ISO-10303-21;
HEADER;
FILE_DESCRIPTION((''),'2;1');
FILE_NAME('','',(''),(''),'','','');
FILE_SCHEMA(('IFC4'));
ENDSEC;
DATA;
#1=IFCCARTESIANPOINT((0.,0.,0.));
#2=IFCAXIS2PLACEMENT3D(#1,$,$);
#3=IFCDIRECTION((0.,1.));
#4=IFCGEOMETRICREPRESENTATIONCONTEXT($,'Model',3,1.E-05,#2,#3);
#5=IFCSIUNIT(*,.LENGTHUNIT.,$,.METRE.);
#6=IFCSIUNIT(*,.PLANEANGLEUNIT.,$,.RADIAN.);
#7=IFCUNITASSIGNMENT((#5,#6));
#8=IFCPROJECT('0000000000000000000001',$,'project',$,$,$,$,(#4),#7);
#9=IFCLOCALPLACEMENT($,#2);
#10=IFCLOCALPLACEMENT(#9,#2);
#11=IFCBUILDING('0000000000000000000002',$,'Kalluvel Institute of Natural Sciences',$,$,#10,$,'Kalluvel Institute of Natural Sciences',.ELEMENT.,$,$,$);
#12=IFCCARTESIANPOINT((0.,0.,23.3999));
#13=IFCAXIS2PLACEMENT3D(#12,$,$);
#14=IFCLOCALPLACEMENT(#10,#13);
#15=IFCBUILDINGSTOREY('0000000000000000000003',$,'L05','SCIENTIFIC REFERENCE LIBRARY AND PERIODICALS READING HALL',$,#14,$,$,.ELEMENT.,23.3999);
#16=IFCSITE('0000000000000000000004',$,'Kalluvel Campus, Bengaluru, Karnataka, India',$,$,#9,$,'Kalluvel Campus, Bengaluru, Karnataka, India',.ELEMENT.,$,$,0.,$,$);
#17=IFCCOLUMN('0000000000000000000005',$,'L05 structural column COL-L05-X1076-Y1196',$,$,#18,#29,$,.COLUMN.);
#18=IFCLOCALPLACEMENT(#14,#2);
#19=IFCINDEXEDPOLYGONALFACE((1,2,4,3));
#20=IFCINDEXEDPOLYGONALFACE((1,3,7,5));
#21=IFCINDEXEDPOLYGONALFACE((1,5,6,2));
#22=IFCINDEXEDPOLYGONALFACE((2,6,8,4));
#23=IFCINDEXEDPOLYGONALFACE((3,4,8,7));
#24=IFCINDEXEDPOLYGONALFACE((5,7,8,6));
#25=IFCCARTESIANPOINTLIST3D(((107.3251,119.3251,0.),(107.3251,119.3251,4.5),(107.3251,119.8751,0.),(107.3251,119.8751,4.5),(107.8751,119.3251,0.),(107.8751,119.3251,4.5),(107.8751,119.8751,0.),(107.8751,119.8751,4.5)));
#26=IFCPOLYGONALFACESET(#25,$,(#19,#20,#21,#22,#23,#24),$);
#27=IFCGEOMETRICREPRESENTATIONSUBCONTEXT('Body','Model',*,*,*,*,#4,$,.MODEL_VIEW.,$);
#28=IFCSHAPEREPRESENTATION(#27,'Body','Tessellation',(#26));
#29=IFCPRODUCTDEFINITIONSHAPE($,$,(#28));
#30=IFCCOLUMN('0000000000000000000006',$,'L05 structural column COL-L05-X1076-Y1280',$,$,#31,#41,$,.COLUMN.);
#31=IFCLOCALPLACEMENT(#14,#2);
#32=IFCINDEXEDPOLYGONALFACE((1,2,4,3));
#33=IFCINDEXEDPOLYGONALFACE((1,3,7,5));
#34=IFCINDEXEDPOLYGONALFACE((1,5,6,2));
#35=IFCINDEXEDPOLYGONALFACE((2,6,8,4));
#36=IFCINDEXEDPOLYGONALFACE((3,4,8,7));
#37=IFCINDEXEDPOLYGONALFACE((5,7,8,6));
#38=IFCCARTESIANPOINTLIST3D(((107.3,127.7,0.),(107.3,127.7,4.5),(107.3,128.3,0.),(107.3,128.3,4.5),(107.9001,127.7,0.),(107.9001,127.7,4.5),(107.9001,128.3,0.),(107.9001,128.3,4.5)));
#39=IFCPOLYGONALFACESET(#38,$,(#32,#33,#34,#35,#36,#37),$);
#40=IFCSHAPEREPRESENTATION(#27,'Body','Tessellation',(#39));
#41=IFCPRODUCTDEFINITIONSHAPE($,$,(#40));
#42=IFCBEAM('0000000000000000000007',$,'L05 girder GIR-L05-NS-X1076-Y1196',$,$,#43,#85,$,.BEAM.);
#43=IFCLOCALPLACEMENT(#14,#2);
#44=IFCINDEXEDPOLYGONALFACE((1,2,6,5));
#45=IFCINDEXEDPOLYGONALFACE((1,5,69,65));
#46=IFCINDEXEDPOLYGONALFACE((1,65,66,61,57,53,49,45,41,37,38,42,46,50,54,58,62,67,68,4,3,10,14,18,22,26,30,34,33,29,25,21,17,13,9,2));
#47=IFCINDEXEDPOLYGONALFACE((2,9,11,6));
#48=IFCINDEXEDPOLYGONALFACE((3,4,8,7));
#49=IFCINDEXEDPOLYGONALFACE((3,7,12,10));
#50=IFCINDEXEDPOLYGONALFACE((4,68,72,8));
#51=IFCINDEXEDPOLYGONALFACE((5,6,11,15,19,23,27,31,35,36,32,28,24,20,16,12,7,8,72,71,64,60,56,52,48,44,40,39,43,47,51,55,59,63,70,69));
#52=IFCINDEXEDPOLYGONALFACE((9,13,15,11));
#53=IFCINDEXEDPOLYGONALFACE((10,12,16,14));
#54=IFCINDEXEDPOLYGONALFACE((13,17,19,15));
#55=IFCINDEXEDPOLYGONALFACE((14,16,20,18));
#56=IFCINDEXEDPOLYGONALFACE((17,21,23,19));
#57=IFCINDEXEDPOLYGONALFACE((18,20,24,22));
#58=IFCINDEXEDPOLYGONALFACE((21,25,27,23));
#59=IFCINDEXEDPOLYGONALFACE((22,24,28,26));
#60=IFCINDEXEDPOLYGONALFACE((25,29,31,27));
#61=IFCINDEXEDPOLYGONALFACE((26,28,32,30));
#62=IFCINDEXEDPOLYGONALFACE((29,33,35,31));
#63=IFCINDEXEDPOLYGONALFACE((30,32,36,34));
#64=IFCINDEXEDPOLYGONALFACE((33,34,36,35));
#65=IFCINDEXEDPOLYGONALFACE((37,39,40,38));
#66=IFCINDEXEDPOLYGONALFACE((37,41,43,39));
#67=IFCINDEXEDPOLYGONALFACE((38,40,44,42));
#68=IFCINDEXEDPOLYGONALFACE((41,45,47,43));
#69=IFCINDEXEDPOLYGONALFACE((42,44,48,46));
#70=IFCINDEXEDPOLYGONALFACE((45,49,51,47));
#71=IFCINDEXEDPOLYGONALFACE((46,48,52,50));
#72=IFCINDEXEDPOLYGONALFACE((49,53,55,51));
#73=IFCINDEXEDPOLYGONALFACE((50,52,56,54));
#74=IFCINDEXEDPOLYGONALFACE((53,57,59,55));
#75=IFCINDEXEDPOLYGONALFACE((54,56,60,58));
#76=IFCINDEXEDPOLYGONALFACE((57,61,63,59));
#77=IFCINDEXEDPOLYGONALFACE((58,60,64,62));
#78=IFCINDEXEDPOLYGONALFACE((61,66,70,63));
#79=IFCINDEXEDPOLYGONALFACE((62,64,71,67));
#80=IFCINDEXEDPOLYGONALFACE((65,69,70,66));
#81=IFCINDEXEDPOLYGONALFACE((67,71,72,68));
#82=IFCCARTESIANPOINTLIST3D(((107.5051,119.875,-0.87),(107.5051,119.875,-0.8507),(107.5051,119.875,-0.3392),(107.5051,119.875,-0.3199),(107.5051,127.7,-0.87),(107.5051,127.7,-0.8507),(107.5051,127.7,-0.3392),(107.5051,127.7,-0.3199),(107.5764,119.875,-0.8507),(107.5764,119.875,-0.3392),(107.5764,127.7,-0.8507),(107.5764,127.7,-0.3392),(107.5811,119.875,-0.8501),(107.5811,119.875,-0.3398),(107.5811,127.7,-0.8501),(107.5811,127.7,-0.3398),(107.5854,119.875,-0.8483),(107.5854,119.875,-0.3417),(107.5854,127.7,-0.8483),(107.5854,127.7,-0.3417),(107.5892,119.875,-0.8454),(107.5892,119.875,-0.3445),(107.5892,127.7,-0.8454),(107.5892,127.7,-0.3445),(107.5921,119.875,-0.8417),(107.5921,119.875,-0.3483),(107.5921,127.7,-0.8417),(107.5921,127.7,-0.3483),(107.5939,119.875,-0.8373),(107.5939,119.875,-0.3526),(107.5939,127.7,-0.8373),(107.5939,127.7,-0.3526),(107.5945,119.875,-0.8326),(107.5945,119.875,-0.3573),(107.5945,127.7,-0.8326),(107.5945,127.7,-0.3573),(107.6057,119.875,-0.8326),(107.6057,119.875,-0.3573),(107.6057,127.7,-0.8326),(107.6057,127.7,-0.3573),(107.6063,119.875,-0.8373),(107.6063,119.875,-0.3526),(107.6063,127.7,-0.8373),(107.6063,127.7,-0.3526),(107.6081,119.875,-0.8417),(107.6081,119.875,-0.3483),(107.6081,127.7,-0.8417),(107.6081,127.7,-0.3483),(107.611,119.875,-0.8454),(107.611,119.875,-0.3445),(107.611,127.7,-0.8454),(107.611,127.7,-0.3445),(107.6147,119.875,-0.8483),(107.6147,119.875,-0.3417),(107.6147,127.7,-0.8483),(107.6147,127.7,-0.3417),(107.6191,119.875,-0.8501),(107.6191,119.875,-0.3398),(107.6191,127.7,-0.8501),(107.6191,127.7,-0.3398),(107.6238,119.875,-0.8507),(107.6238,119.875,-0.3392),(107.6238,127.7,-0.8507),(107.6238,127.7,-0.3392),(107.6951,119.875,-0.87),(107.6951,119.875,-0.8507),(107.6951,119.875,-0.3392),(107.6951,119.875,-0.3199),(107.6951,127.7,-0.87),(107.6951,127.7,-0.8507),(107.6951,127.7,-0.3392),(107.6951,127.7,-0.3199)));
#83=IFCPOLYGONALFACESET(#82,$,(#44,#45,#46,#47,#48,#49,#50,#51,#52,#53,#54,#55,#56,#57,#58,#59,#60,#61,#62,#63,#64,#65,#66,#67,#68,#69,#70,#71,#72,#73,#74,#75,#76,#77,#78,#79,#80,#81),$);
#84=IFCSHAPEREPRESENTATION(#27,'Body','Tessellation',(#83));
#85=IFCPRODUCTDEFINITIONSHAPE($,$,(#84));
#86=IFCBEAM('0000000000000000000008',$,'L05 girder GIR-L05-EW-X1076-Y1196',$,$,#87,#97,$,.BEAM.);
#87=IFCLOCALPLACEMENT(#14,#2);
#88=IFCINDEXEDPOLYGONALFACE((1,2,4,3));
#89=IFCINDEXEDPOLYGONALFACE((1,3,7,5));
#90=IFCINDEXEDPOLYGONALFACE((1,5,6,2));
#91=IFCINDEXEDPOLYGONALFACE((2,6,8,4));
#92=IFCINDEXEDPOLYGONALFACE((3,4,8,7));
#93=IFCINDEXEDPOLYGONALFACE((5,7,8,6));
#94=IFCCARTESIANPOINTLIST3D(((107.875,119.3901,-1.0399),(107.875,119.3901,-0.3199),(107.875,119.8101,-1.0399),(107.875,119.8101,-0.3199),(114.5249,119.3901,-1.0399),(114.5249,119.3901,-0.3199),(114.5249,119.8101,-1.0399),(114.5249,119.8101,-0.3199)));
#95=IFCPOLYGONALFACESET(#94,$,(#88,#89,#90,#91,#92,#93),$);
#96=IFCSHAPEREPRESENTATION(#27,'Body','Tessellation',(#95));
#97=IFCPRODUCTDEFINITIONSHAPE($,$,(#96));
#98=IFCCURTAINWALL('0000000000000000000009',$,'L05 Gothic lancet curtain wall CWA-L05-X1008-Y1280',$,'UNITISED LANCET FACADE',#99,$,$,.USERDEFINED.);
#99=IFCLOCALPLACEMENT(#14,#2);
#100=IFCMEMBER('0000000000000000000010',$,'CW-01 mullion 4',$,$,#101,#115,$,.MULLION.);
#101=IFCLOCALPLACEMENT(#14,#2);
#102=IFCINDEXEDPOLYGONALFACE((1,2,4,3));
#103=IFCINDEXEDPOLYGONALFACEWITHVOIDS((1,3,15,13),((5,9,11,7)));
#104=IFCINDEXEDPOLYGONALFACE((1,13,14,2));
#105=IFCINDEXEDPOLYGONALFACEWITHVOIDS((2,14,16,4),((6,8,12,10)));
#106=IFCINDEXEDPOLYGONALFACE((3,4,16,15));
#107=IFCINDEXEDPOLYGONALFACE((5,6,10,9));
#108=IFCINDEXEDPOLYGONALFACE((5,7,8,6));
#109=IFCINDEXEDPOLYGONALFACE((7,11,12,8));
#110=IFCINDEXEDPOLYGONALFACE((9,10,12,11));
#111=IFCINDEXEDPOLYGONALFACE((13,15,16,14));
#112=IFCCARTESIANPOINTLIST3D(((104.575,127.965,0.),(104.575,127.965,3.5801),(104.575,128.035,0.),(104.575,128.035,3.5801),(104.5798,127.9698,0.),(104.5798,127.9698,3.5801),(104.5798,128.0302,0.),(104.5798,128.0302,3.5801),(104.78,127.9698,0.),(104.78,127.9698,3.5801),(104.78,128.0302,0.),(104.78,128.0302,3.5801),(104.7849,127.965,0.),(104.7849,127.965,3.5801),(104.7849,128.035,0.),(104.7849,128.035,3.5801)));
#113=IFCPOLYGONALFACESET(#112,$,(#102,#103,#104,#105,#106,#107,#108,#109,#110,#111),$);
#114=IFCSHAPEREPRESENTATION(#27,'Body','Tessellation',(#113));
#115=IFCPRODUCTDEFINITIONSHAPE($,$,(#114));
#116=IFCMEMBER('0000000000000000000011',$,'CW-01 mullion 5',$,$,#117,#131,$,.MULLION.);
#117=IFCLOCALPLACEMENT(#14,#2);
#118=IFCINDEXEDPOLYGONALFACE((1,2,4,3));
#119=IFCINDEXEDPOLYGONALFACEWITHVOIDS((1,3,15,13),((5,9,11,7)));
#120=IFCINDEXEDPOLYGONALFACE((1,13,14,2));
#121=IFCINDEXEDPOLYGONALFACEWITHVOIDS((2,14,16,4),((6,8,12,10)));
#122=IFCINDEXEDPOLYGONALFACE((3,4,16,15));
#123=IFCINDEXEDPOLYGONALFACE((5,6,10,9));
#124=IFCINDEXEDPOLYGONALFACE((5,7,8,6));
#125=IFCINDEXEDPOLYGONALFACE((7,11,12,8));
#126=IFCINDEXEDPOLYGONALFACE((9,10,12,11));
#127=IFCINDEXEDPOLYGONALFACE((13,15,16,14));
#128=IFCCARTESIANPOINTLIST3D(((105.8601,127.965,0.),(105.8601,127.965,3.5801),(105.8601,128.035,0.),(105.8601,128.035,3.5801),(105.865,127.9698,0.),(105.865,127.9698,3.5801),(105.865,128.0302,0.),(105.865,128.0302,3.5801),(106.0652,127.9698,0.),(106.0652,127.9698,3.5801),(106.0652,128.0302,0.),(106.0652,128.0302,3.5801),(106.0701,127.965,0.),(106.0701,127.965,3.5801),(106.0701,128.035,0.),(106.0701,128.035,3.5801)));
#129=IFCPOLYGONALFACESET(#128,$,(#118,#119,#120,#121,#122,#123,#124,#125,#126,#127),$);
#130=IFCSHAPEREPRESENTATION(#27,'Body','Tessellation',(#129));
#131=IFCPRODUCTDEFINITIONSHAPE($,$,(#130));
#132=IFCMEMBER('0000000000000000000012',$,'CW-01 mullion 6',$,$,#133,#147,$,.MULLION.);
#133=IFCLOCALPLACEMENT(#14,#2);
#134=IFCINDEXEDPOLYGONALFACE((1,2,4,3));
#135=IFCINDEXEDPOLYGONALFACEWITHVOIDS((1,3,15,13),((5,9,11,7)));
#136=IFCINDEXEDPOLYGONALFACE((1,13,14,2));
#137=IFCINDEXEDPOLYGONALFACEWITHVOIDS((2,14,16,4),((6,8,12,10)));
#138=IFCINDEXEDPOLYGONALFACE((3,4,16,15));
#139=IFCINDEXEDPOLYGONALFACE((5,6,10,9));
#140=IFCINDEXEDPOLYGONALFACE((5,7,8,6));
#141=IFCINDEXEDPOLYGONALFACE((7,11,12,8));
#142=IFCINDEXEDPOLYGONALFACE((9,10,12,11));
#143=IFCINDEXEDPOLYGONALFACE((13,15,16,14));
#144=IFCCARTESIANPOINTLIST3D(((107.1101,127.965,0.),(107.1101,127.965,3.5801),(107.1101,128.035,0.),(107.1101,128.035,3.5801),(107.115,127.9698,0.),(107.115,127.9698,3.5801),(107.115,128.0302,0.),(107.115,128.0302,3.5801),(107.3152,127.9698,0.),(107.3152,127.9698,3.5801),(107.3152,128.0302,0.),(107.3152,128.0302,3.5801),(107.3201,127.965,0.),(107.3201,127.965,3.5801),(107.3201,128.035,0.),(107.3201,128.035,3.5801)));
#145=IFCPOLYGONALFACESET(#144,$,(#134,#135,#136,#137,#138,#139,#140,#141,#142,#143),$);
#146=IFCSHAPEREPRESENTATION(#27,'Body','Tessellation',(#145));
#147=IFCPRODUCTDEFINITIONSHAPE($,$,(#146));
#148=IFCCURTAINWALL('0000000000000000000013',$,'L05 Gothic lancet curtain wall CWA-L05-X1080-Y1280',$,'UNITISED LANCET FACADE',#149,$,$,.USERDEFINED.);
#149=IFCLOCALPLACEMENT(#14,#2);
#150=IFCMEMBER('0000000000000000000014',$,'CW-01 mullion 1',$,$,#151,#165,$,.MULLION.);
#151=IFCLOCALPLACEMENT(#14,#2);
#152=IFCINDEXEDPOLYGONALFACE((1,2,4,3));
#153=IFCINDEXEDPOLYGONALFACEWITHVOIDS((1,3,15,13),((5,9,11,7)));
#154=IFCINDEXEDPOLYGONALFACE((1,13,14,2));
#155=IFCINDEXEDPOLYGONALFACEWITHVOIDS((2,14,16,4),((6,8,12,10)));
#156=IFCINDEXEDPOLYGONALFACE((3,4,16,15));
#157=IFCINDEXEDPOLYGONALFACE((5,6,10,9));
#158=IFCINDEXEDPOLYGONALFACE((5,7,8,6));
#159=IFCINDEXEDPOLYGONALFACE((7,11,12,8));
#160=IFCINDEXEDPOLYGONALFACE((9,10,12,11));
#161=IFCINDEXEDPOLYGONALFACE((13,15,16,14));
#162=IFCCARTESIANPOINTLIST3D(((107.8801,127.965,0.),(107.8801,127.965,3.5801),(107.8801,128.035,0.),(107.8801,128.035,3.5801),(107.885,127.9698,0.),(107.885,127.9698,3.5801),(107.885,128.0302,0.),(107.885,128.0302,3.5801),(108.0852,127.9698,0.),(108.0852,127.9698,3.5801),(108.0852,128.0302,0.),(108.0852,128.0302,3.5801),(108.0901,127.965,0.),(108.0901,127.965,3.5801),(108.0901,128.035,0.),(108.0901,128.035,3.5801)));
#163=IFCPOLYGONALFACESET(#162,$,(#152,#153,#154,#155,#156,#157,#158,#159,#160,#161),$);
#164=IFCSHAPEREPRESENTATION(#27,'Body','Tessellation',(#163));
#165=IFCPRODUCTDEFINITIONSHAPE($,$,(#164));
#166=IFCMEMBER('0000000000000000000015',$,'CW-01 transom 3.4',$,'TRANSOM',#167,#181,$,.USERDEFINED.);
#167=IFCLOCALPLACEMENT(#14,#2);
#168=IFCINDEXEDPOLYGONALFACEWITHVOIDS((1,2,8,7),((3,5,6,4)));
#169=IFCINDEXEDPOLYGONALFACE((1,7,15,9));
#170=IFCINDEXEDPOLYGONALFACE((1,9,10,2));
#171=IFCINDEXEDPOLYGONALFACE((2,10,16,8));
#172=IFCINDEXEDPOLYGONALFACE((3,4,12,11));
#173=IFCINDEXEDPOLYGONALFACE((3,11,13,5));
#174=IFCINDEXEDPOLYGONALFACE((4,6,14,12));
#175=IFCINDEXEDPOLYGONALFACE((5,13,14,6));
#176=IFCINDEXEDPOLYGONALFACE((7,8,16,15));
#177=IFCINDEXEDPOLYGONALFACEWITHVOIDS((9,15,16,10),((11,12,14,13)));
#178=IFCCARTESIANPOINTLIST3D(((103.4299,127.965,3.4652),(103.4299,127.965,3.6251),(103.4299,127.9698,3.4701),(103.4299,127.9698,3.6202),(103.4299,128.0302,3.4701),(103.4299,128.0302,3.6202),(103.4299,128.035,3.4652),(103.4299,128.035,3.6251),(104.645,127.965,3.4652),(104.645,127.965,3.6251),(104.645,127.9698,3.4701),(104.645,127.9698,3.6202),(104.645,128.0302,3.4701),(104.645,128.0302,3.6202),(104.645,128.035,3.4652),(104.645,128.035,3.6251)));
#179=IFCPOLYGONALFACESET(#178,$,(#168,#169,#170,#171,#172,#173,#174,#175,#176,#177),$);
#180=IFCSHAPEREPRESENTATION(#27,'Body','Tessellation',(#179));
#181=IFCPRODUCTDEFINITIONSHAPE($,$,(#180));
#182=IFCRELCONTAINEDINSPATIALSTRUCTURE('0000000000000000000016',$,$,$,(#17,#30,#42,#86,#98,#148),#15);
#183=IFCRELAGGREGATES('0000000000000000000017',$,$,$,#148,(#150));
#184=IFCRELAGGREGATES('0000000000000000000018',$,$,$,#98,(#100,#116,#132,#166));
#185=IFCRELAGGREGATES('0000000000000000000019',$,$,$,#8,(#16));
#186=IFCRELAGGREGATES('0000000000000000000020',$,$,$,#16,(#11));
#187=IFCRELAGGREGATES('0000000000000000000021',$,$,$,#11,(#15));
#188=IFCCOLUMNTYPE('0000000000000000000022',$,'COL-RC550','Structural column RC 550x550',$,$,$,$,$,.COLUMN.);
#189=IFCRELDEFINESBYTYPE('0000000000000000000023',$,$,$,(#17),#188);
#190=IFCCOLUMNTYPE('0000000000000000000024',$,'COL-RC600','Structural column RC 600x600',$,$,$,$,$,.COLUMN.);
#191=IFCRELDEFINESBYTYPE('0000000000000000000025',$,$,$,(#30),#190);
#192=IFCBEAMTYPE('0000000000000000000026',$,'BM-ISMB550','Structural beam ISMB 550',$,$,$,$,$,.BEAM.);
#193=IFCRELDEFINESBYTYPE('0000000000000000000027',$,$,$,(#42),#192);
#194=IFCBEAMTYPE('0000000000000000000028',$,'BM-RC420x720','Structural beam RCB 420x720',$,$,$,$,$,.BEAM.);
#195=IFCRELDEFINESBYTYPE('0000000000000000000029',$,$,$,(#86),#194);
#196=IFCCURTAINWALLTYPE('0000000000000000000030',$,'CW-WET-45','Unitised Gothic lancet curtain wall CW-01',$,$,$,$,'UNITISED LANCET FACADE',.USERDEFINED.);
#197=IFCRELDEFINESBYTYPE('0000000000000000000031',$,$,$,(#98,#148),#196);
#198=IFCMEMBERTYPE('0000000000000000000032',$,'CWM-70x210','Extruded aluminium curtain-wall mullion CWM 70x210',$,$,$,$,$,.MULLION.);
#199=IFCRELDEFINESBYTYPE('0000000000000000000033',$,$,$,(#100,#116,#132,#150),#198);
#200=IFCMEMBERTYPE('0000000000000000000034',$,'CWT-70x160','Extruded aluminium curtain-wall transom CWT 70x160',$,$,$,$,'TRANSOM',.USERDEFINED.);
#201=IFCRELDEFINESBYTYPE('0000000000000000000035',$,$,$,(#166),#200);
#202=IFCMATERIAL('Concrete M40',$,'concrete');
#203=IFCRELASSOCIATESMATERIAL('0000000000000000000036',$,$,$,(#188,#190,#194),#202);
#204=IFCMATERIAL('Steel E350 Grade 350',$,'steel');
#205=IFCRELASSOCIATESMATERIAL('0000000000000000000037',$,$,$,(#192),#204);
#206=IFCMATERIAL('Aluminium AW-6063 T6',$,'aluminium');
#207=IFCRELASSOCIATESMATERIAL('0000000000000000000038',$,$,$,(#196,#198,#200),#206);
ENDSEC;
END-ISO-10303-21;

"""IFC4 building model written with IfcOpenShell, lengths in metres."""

from ifc_helpers import new_model, si_unit, direction, frame, origin, origin_2d, place, context, subcontext, project, spatial, rectangle, hollow_rectangle, i_section, extrude, material, material_profile, profile_set, type_object, element, aggregate, save


model = new_model("IFC4")

# Units and contexts
model_context = context("Model", 3, precision=1e-05, world=origin(), true_north=direction((0.0, 1.0)))
body_context = subcontext(model_context, "Body", "Model", "MODEL_VIEW")
ifc_project = project(units=[si_unit("LENGTHUNIT", "METRE"), si_unit("PLANEANGLEUNIT", "RADIAN")], contexts=[model_context])

# Site, building, storey
site_placement = place(None, origin())
site = spatial("IfcSite", under=ifc_project, at=site_placement, Name="Kalluvel Campus, Bengaluru, Karnataka, India", LongName="Kalluvel Campus, Bengaluru, Karnataka, India", CompositionType="ELEMENT", RefElevation=0.0)
building_placement = place(site_placement, origin())
building = spatial("IfcBuilding", under=site, at=building_placement, Name="Kalluvel Institute of Natural Sciences", LongName="Kalluvel Institute of Natural Sciences", CompositionType="ELEMENT")
storey_placement = place(building_placement, frame((0.0, 0.0, 23.3999)))
storey = spatial("IfcBuildingStorey", under=building, at=storey_placement, Name="L05", Description="SCIENTIFIC REFERENCE LIBRARY AND PERIODICALS READING HALL", CompositionType="ELEMENT", Elevation=23.3999)

# Columns
ifc_material_1 = material(Name="Concrete M40", Category="concrete")
ifc_material_profile_1 = material_profile(ifc_material_1, rectangle(XDim=0.55, YDim=0.55, at=origin_2d()), Name="RC 550x550")
ifc_profile_set_1 = profile_set([ifc_material_profile_1], Name="Concrete M40")
column_type_1 = type_object("IfcColumnType", Name="COL-RC550", Description="Structural column RC 550x550", PredefinedType="COLUMN", material=ifc_profile_set_1)
column_1_placement = place(storey_placement, frame((107.6001, 119.6001, 0.0), z_axis=(0.0, 0.0, 1.0), x_axis=(1.0, 0.0, 0.0)))
element("IfcColumn", 1, at=column_1_placement, inside=storey, type_object=column_type_1, Name="L05 structural column COL-L05-X1076-Y1196", PredefinedType="COLUMN", context=body_context, shape_type="SweptSolid", body=[
    extrude(rectangle(XDim=0.55, YDim=0.55, at=origin_2d()), origin(), (0.0, 0.0, 1.0), 4.5),
])
ifc_material_profile_2 = material_profile(ifc_material_1, rectangle(XDim=0.6001, YDim=0.6001, at=origin_2d()), Name="RC 600x600")
ifc_profile_set_2 = profile_set([ifc_material_profile_2], Name="Concrete M40")
column_type_2 = type_object("IfcColumnType", Name="COL-RC600", Description="Structural column RC 600x600", PredefinedType="COLUMN", material=ifc_profile_set_2)
column_2_placement = place(storey_placement, frame((107.6001, 128.0, 0.0), z_axis=(0.0, 0.0, 1.0), x_axis=(1.0, 0.0, 0.0)))
element("IfcColumn", 2, at=column_2_placement, inside=storey, type_object=column_type_2, Name="L05 structural column COL-L05-X1076-Y1280", PredefinedType="COLUMN", context=body_context, shape_type="SweptSolid", body=[
    extrude(rectangle(XDim=0.6001, YDim=0.6001, at=origin_2d()), origin(), (0.0, 0.0, 1.0), 4.5),
])

# Beams
ifc_material_2 = material(Name="Steel E350 Grade 350", Category="steel")
ifc_material_profile_3 = material_profile(ifc_material_2, i_section(OverallWidth=0.1899, OverallDepth=0.55, WebThickness=0.0112, FlangeThickness=0.0193, FilletRadius=0.0181, at=origin_2d()), Name="ISMB 550")
ifc_profile_set_3 = profile_set([ifc_material_profile_3], Name="Steel E350 Grade 350")
beam_type_1 = type_object("IfcBeamType", Name="BM-ISMB550", Description="Structural beam ISMB 550", PredefinedType="BEAM", material=ifc_profile_set_3)
beam_1_placement = place(storey_placement, frame((107.6001, 119.875, -0.595), z_axis=(0.0, 1.0, 0.0), x_axis=(-1.0, 0.0, 0.0)))
element("IfcBeam", 3, at=beam_1_placement, inside=storey, type_object=beam_type_1, Name="L05 girder GIR-L05-NS-X1076-Y1196", PredefinedType="BEAM", context=body_context, shape_type="SweptSolid", body=[
    extrude(i_section(OverallWidth=0.1899, OverallDepth=0.55, WebThickness=0.0112, FlangeThickness=0.0193, FilletRadius=0.0181, at=origin_2d()), origin(), (0.0, 0.0, 1.0), 7.825),
])
ifc_material_profile_4 = material_profile(ifc_material_1, rectangle(XDim=0.4199, YDim=0.72, at=origin_2d()), Name="RCB 420x720")
ifc_profile_set_4 = profile_set([ifc_material_profile_4], Name="Concrete M40")
beam_type_2 = type_object("IfcBeamType", Name="BM-RC420x720", Description="Structural beam RCB 420x720", PredefinedType="BEAM", material=ifc_profile_set_4)
beam_2_placement = place(storey_placement, frame((107.875, 119.6001, -0.6799), z_axis=(1.0, 0.0, 0.0), x_axis=(0.0, 1.0, 0.0)))
element("IfcBeam", 4, at=beam_2_placement, inside=storey, type_object=beam_type_2, Name="L05 girder GIR-L05-EW-X1076-Y1196", PredefinedType="BEAM", context=body_context, shape_type="SweptSolid", body=[
    extrude(rectangle(XDim=0.4199, YDim=0.72, at=origin_2d()), origin(), (0.0, 0.0, 1.0), 6.6499),
])

# Curtain wall, members
ifc_material_3 = material(Name="Aluminium AW-6063 T6", Category="aluminium")
curtain_wall_type = type_object("IfcCurtainWallType", Name="CW-WET-45", Description="Unitised Gothic lancet curtain wall CW-01", ElementType="UNITISED LANCET FACADE", PredefinedType="USERDEFINED", material=ifc_material_3)
curtain_wall_1_placement = place(storey_placement, origin())
curtain_wall_1 = element("IfcCurtainWall", 5, at=curtain_wall_1_placement, inside=storey, type_object=curtain_wall_type, Name="L05 Gothic lancet curtain wall CWA-L05-X1008-Y1280", ObjectType="UNITISED LANCET FACADE", PredefinedType="USERDEFINED")
ifc_material_profile_5 = material_profile(ifc_material_3, hollow_rectangle(XDim=0.0701, YDim=0.21, WallThickness=0.0049, at=origin_2d()), Name="CWM 70x210")
ifc_profile_set_5 = profile_set([ifc_material_profile_5], Name="Aluminium AW-6063 T6")
member_type_1 = type_object("IfcMemberType", Name="CWM-70x210", Description="Extruded aluminium curtain-wall mullion CWM 70x210", PredefinedType="MULLION", material=ifc_profile_set_5)
member_1_placement = place(storey_placement, frame((104.6799, 128.0, 0.0), z_axis=(0.0, 0.0, 1.0), x_axis=(0.0, 1.0, 0.0)))
member_1 = element("IfcMember", 6, at=member_1_placement, type_object=member_type_1, Name="CW-01 mullion 4", PredefinedType="MULLION", context=body_context, shape_type="SweptSolid", body=[
    extrude(hollow_rectangle(XDim=0.0701, YDim=0.21, WallThickness=0.0049, at=origin_2d()), origin(), (0.0, 0.0, 1.0), 3.5801),
])
member_2_placement = place(storey_placement, frame((105.9651, 128.0, 0.0), z_axis=(0.0, 0.0, 1.0), x_axis=(0.0, 1.0, 0.0)))
member_2 = element("IfcMember", 7, at=member_2_placement, type_object=member_type_1, Name="CW-01 mullion 5", PredefinedType="MULLION", context=body_context, shape_type="SweptSolid", body=[
    extrude(hollow_rectangle(XDim=0.0701, YDim=0.21, WallThickness=0.0049, at=origin_2d()), origin(), (0.0, 0.0, 1.0), 3.5801),
])
member_3_placement = place(storey_placement, frame((107.2151, 128.0, 0.0), z_axis=(0.0, 0.0, 1.0), x_axis=(0.0, 1.0, 0.0)))
member_3 = element("IfcMember", 8, at=member_3_placement, type_object=member_type_1, Name="CW-01 mullion 6", PredefinedType="MULLION", context=body_context, shape_type="SweptSolid", body=[
    extrude(hollow_rectangle(XDim=0.0701, YDim=0.21, WallThickness=0.0049, at=origin_2d()), origin(), (0.0, 0.0, 1.0), 3.5801),
])

# Curtain wall, member
curtain_wall_2_placement = place(storey_placement, origin())
curtain_wall_2 = element("IfcCurtainWall", 9, at=curtain_wall_2_placement, inside=storey, type_object=curtain_wall_type, Name="L05 Gothic lancet curtain wall CWA-L05-X1080-Y1280", ObjectType="UNITISED LANCET FACADE", PredefinedType="USERDEFINED")
member_4_placement = place(storey_placement, frame((107.9851, 128.0, 0.0), z_axis=(0.0, 0.0, 1.0), x_axis=(0.0, 1.0, 0.0)))
member_4 = element("IfcMember", 10, at=member_4_placement, type_object=member_type_1, Name="CW-01 mullion 1", PredefinedType="MULLION", context=body_context, shape_type="SweptSolid", body=[
    extrude(hollow_rectangle(XDim=0.0701, YDim=0.21, WallThickness=0.0049, at=origin_2d()), origin(), (0.0, 0.0, 1.0), 3.5801),
])
aggregate(curtain_wall_2, [member_4])

# Member
ifc_material_profile_6 = material_profile(ifc_material_3, hollow_rectangle(XDim=0.0701, YDim=0.1599, WallThickness=0.0049, at=origin_2d()), Name="CWT 70x160")
ifc_profile_set_6 = profile_set([ifc_material_profile_6], Name="Aluminium AW-6063 T6")
member_type_2 = type_object("IfcMemberType", Name="CWT-70x160", Description="Extruded aluminium curtain-wall transom CWT 70x160", ElementType="TRANSOM", PredefinedType="USERDEFINED", material=ifc_profile_set_6)
member_5_placement = place(storey_placement, frame((103.4299, 128.0, 3.5452), z_axis=(1.0, 0.0, 0.0), x_axis=(0.0, 1.0, 0.0)))
member_5 = element("IfcMember", 11, at=member_5_placement, type_object=member_type_2, Name="CW-01 transom 3.4", ObjectType="TRANSOM", PredefinedType="USERDEFINED", context=body_context, shape_type="SweptSolid", body=[
    extrude(hollow_rectangle(XDim=0.0701, YDim=0.1599, WallThickness=0.0049, at=origin_2d()), origin(), (0.0, 0.0, 1.0), 1.2151),
])

aggregate(curtain_wall_1, [member_1, member_2, member_3, member_5])

save(model, "model.ifc")
